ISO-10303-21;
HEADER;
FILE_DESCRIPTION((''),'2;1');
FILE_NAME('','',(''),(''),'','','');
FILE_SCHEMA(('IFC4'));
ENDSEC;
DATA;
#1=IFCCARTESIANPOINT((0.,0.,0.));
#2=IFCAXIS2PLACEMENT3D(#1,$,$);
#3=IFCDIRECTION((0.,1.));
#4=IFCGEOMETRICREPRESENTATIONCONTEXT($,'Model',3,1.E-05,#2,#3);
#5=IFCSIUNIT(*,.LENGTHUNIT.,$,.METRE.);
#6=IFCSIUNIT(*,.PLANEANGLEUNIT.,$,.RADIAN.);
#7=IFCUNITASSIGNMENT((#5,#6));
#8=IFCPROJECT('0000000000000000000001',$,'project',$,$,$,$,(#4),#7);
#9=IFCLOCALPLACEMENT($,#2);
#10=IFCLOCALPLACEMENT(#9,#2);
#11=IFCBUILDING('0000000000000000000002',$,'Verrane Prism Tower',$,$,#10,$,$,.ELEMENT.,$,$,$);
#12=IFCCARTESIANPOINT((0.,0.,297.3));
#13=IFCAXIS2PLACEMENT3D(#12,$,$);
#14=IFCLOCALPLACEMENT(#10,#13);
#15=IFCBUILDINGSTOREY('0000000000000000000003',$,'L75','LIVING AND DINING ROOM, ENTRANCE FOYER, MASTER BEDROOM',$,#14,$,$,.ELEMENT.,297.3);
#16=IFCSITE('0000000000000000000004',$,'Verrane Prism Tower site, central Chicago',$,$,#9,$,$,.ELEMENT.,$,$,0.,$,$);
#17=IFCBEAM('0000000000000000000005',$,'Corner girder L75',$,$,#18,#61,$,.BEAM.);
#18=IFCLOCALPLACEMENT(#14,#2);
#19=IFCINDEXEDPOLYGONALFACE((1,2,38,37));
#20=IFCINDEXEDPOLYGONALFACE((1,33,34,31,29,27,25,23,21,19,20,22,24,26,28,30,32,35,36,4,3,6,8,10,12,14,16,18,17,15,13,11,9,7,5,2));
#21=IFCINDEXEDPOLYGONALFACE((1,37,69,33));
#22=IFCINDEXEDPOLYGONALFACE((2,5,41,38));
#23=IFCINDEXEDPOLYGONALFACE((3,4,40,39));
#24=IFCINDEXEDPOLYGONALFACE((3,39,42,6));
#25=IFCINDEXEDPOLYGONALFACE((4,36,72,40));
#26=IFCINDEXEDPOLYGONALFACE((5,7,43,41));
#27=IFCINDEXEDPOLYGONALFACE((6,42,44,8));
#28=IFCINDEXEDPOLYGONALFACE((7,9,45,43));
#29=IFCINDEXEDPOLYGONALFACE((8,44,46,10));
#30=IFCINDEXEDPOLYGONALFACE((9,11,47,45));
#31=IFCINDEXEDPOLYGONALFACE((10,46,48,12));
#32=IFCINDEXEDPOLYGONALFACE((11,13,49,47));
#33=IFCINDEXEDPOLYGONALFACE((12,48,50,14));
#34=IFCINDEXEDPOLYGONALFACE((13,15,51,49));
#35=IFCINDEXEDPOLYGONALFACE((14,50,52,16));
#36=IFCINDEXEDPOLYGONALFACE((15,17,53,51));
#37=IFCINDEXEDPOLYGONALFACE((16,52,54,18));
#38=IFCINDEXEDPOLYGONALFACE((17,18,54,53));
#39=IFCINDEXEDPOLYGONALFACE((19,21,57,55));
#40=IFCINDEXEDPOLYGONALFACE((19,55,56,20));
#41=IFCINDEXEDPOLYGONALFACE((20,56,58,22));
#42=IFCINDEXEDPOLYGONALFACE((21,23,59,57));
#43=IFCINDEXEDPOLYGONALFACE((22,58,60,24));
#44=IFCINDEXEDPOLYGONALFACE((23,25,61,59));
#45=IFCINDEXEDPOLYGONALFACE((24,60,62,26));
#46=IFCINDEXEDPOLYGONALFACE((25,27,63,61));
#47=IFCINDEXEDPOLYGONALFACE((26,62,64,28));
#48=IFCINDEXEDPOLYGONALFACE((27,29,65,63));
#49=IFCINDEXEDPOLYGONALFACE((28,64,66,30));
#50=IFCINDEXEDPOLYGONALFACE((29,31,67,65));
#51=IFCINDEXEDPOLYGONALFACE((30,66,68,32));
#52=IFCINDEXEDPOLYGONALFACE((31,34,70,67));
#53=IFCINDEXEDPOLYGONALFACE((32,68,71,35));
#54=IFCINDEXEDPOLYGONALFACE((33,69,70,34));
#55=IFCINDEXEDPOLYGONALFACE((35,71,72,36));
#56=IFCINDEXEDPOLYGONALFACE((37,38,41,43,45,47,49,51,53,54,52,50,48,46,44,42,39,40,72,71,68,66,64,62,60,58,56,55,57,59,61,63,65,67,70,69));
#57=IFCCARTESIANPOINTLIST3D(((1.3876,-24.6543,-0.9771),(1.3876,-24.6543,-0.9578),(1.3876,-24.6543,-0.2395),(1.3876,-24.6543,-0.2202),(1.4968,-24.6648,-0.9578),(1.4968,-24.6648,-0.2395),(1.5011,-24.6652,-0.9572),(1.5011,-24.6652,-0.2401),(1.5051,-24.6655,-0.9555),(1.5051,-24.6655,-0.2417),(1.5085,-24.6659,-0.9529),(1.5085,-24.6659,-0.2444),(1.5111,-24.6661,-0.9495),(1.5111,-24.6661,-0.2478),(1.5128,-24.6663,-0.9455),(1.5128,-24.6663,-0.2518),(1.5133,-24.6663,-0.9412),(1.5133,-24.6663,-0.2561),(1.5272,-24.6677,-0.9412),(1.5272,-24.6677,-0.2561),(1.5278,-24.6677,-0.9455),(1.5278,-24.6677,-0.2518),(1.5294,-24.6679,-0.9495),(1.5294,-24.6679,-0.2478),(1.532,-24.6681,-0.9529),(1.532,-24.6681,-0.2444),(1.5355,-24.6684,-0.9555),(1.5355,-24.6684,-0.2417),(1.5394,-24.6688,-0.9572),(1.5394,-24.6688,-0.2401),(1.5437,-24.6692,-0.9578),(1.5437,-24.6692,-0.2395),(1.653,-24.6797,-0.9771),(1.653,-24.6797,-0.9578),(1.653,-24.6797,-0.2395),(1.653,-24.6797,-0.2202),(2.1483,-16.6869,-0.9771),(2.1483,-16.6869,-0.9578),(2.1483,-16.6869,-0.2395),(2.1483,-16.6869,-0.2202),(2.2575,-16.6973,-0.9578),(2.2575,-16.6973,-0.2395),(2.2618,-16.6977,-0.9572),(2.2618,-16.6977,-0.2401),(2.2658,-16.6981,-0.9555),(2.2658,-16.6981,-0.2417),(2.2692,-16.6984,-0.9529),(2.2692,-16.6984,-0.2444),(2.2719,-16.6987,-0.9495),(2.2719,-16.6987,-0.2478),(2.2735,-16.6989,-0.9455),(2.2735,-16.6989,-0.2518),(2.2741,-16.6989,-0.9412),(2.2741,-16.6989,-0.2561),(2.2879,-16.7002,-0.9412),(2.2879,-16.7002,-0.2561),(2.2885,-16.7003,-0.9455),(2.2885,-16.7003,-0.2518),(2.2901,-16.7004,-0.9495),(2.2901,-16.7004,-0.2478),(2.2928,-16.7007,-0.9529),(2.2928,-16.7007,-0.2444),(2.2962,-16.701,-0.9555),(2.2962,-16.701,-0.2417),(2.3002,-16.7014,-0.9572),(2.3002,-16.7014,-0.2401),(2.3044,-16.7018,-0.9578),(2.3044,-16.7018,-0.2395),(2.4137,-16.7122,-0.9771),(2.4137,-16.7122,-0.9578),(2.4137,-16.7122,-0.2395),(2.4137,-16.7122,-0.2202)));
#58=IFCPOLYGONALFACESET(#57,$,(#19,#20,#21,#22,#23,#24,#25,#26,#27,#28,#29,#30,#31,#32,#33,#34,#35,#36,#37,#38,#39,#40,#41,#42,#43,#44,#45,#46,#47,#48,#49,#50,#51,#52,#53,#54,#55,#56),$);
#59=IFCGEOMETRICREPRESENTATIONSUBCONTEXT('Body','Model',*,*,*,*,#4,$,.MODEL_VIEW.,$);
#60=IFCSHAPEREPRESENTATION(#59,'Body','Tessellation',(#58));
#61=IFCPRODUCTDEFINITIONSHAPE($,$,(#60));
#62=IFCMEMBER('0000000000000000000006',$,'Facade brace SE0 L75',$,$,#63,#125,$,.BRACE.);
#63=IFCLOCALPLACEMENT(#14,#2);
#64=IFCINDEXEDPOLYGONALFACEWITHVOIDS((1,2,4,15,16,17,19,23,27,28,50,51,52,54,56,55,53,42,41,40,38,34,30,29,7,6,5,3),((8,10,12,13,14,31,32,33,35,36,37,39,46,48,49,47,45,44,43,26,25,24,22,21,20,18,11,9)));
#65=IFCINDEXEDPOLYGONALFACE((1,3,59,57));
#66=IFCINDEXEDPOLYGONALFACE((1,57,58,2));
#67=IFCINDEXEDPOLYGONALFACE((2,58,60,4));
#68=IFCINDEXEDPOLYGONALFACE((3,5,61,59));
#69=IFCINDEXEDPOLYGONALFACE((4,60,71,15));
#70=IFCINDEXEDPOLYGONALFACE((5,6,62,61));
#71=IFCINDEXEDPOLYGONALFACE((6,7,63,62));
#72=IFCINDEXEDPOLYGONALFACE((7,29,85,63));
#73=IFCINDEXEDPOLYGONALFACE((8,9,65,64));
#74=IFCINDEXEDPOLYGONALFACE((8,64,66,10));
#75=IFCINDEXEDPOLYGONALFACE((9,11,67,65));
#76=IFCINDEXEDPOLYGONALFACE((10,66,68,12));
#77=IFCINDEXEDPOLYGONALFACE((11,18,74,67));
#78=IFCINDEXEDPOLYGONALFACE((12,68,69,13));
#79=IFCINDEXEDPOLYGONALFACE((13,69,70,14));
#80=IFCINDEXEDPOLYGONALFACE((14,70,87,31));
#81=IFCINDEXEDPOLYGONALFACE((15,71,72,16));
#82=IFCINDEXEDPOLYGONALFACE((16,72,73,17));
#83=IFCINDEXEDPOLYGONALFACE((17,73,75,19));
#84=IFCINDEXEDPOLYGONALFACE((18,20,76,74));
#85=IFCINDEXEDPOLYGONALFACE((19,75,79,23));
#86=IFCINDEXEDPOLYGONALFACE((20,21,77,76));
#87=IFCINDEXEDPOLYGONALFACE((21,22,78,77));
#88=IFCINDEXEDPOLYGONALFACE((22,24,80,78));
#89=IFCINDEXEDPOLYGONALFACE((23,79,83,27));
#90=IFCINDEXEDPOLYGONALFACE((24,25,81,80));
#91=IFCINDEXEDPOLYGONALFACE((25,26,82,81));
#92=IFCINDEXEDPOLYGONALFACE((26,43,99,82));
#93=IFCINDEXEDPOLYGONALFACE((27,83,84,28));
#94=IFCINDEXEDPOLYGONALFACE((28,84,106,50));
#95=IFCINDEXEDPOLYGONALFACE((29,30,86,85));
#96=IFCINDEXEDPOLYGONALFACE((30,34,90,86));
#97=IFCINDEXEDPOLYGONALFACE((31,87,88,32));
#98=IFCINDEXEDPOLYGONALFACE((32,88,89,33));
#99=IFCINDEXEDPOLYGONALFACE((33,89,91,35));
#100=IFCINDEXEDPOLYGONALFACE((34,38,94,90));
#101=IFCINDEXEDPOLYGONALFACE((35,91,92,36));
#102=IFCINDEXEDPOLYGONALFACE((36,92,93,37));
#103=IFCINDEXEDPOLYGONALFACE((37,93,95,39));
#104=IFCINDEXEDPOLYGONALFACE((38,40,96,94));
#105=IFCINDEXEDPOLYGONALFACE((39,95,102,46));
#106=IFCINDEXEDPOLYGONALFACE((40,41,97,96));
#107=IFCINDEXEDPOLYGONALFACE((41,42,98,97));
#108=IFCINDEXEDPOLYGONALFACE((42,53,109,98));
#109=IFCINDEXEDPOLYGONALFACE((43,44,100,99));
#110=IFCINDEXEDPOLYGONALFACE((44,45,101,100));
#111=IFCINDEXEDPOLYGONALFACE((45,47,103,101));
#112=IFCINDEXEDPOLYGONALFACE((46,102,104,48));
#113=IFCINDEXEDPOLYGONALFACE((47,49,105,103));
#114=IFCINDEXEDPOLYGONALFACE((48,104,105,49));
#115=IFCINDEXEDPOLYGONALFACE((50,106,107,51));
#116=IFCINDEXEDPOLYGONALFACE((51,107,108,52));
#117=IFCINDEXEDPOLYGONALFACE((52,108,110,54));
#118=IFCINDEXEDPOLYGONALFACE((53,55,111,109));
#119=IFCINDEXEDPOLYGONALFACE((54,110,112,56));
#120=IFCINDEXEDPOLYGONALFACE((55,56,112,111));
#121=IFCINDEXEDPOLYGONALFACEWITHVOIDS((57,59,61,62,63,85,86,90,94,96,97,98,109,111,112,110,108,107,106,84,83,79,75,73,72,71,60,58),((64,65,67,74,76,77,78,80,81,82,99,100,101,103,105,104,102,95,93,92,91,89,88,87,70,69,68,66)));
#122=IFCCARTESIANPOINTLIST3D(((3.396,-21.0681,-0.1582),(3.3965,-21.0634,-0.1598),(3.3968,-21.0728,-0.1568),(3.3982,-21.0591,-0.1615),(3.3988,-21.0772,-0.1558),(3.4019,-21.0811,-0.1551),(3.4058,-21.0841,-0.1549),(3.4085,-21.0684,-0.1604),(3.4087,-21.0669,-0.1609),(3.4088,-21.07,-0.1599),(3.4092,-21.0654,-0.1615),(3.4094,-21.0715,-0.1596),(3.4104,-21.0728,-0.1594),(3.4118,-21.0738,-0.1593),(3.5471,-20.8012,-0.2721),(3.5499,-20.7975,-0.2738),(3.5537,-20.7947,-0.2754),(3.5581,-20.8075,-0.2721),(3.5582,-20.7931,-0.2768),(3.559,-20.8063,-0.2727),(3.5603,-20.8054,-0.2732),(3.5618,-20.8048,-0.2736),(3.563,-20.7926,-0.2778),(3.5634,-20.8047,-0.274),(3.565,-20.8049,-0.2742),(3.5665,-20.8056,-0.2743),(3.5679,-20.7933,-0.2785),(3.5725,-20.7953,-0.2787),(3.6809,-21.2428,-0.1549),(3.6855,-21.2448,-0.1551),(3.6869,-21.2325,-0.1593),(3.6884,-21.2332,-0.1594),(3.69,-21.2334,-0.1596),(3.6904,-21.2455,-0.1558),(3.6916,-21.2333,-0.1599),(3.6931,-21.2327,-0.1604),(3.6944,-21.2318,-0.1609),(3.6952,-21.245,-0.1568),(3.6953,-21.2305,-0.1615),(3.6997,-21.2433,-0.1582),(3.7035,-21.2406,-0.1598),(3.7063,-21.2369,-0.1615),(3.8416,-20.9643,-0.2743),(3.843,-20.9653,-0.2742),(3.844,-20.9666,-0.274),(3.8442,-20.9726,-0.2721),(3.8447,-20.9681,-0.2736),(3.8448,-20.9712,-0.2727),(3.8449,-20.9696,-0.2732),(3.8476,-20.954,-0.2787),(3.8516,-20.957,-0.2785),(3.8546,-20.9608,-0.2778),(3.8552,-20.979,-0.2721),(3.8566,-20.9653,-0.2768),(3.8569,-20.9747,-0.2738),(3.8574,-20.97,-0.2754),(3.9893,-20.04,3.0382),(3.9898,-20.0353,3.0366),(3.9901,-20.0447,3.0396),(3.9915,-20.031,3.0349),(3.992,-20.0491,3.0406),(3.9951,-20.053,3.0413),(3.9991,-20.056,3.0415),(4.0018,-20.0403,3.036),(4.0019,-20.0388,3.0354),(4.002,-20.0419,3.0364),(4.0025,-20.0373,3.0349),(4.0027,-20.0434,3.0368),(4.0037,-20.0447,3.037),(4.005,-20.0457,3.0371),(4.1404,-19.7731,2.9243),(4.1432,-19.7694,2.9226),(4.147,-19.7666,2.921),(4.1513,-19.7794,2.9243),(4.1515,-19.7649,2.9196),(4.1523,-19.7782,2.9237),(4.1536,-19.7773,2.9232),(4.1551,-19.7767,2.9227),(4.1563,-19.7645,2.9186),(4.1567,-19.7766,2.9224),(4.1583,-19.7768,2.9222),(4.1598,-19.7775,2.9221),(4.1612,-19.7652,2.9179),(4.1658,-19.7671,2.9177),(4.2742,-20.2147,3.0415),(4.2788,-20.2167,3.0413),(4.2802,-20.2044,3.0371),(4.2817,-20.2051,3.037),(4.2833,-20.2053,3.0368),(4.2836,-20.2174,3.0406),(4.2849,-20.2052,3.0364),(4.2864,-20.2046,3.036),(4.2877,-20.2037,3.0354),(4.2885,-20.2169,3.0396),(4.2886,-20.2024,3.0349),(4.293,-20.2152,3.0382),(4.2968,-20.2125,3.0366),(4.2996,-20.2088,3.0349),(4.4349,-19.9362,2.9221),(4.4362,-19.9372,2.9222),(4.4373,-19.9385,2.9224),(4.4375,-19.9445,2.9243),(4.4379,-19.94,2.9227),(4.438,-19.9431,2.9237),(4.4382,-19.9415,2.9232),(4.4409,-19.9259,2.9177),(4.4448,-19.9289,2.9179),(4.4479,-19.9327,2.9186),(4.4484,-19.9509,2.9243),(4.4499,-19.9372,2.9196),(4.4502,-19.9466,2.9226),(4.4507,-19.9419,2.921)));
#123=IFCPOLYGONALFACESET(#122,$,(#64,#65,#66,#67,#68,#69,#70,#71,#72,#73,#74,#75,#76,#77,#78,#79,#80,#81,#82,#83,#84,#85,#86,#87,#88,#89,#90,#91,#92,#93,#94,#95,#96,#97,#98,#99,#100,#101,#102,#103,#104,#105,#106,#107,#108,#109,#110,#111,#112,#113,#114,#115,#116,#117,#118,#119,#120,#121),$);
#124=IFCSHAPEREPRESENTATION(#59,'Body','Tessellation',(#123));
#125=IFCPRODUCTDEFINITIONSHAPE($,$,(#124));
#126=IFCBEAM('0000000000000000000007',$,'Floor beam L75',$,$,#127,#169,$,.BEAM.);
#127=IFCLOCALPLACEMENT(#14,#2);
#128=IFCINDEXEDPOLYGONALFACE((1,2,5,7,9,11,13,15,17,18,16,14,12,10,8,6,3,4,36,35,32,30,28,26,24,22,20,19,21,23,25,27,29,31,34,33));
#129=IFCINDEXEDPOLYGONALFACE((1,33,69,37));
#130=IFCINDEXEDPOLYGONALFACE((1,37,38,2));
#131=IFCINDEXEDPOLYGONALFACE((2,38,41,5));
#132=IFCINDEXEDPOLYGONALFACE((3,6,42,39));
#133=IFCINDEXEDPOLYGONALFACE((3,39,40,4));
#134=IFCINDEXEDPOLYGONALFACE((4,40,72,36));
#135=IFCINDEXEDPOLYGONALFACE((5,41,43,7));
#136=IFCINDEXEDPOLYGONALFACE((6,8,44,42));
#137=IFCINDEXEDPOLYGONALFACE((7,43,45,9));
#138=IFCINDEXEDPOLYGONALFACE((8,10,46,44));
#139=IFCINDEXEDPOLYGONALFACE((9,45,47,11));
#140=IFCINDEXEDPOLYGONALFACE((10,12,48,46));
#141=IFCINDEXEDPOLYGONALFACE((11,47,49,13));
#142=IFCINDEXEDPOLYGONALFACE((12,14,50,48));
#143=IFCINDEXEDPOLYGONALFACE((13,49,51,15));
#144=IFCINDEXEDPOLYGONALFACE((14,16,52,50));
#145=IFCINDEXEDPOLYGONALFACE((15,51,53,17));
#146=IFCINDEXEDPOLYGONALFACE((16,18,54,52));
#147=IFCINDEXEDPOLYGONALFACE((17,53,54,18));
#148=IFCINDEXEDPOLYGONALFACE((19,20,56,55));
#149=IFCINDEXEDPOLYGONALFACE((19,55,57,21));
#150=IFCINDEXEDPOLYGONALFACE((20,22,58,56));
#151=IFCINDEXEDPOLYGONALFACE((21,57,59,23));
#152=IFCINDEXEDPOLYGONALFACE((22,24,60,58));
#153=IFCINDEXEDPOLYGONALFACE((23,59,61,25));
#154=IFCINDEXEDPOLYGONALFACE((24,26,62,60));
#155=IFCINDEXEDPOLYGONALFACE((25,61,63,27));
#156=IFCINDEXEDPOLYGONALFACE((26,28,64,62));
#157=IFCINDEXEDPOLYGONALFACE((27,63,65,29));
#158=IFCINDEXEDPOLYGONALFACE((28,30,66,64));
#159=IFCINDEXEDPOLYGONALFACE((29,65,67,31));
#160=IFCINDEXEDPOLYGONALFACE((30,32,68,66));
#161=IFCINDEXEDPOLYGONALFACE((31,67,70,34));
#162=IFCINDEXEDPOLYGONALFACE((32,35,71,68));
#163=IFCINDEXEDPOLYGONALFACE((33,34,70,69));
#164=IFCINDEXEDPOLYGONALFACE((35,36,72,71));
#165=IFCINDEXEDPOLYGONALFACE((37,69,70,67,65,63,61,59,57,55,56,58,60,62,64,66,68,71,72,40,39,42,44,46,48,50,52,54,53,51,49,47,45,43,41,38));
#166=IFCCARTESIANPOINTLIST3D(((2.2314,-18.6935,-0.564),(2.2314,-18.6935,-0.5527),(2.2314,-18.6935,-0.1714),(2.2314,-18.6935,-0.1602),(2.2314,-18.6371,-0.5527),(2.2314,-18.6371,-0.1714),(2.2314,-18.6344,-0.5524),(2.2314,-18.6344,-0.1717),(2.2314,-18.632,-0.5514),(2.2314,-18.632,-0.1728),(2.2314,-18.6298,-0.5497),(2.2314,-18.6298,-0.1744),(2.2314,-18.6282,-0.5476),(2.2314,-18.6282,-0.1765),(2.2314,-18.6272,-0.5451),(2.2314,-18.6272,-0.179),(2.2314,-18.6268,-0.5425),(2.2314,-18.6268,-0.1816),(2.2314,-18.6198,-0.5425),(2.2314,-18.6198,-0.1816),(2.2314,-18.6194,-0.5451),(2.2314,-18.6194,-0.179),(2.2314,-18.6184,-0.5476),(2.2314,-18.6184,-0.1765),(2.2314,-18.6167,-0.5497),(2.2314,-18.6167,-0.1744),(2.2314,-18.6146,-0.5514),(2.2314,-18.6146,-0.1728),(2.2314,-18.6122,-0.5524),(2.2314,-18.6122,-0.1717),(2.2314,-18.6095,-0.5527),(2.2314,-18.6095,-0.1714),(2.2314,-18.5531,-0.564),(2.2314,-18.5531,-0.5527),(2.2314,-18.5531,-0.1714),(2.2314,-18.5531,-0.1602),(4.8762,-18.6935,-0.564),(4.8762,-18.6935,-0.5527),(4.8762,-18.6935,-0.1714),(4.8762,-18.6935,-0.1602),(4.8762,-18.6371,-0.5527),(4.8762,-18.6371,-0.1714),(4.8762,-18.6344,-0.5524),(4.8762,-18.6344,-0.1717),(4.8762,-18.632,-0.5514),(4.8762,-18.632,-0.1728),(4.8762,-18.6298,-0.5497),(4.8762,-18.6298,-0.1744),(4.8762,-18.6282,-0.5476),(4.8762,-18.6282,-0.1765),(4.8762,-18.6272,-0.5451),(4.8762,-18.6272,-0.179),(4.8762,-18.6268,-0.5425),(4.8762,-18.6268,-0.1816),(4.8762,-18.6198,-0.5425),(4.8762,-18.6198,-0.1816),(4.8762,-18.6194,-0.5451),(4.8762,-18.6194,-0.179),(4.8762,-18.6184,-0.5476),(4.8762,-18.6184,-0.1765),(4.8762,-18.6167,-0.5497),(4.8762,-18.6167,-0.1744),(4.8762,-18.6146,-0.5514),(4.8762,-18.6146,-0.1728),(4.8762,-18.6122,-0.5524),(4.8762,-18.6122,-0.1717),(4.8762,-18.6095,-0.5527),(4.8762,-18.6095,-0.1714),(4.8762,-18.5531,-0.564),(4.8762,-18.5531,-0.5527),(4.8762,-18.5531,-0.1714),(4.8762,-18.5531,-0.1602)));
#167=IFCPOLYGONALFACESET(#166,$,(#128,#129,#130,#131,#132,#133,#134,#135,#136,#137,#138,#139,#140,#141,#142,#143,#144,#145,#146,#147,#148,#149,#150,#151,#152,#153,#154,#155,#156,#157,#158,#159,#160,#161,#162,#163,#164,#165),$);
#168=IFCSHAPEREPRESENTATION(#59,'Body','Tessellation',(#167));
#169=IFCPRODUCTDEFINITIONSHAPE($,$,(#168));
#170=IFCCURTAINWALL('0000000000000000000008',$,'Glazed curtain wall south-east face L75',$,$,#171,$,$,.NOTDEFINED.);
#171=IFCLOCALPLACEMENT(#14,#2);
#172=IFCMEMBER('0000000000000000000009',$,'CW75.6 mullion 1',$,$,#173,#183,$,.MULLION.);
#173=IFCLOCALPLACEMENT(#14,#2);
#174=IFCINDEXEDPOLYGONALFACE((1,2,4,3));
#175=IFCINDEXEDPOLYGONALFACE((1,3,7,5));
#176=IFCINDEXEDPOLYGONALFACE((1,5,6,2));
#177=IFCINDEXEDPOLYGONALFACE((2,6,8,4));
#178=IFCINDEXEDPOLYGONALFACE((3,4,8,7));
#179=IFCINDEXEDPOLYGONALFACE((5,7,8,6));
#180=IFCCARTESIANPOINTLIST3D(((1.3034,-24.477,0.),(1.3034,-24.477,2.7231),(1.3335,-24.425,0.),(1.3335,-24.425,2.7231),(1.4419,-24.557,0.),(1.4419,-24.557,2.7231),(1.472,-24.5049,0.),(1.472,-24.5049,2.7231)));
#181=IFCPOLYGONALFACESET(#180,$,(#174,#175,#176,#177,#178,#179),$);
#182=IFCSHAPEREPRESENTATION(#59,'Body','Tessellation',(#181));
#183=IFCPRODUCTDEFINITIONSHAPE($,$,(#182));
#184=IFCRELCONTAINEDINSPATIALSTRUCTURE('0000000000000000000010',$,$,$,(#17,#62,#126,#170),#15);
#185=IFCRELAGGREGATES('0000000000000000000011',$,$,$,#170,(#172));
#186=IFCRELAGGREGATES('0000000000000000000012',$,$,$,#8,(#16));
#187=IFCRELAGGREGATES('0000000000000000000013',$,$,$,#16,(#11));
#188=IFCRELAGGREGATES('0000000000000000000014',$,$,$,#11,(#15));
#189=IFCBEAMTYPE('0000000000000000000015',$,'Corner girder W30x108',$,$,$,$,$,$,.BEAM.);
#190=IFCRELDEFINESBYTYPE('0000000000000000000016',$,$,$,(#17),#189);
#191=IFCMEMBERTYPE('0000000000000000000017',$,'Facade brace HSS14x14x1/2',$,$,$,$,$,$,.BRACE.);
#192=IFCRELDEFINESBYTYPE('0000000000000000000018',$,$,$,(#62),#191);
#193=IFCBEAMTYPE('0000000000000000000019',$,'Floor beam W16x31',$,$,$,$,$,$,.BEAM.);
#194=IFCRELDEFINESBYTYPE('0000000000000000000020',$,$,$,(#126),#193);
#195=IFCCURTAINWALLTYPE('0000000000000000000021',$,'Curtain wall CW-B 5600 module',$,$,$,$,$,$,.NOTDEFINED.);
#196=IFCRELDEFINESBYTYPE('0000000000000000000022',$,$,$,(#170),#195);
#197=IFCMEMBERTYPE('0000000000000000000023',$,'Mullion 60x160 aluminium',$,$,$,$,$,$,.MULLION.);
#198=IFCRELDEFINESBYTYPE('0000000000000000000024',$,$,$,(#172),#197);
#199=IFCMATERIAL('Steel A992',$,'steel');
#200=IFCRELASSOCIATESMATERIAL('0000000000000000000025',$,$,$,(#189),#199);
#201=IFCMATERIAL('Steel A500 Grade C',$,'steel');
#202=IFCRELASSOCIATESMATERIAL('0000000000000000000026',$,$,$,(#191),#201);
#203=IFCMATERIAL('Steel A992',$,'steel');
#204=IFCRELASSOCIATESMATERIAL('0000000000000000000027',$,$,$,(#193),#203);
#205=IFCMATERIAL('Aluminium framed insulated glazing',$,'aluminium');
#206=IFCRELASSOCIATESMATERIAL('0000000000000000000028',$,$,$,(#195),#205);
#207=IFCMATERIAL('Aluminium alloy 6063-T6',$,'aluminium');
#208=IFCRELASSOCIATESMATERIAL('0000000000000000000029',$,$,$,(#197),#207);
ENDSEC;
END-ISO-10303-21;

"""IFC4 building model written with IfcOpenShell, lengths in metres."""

from ifc_helpers import new_model, si_unit, direction, frame, origin, origin_2d, place, context, subcontext, project, spatial, rectangle, hollow_rectangle, i_section, extrude, material, material_profile, profile_set, type_object, element, aggregate, save


model = new_model("IFC4")

# Units and contexts
model_context = context("Model", 3, precision=1e-05, world=origin(), true_north=direction((0.0, 1.0)))
body_context = subcontext(model_context, "Body", "Model", "MODEL_VIEW")
ifc_project = project(units=[si_unit("LENGTHUNIT", "METRE"), si_unit("PLANEANGLEUNIT", "RADIAN")], contexts=[model_context])

# Site, building, storey
site_placement = place(None, origin())
site = spatial("IfcSite", under=ifc_project, at=site_placement, Name="Verrane Prism Tower site, central Chicago", CompositionType="ELEMENT", RefElevation=0.0)
building_placement = place(site_placement, origin())
building = spatial("IfcBuilding", under=site, at=building_placement, Name="Verrane Prism Tower", CompositionType="ELEMENT")
storey_placement = place(building_placement, frame((0.0, 0.0, 297.3)))
storey = spatial("IfcBuildingStorey", under=building, at=storey_placement, Name="L75", Description="LIVING AND DINING ROOM, ENTRANCE FOYER, MASTER BEDROOM", CompositionType="ELEMENT", Elevation=297.3)

# Beam
ifc_material_1 = material(Name="Steel A992", Category="steel")
ifc_material_profile_1 = material_profile(ifc_material_1, i_section(OverallWidth=0.2666, OverallDepth=0.7568, WebThickness=0.0139, FlangeThickness=0.0193, FilletRadius=0.0166, at=origin_2d()), Name="W30x108")
ifc_profile_set_1 = profile_set([ifc_material_profile_1], Name="Steel A992")
beam_type_1 = type_object("IfcBeamType", Name="Corner girder W30x108", PredefinedType="BEAM", material=ifc_profile_set_1)
beam_1_placement = place(storey_placement, frame((1.5203, -24.667, -0.5986), z_axis=(0.095048, 0.995473, 0.0), x_axis=(-0.995473, 0.095048, 0.0)))
element("IfcBeam", 1, at=beam_1_placement, inside=storey, type_object=beam_type_1, Name="Corner girder L75", PredefinedType="BEAM", context=body_context, shape_type="SweptSolid", body=[
    extrude(i_section(OverallWidth=0.2666, OverallDepth=0.7568, WebThickness=0.0139, FlangeThickness=0.0193, FilletRadius=0.0166, at=origin_2d()), origin(), (0.0, 0.0, 1.0), 8.0037),
])

# Member
ifc_material_2 = material(Name="Steel A500 Grade C", Category="steel")
ifc_material_profile_2 = material_profile(ifc_material_2, hollow_rectangle(XDim=0.3557, YDim=0.3557, WallThickness=0.0127, InnerFilletRadius=0.0063, OuterFilletRadius=0.019, at=origin_2d()), Name="HSS14x14x1/2")
ifc_profile_set_2 = profile_set([ifc_material_profile_2], Name="Steel A500 Grade C")
member_type_1 = type_object("IfcMemberType", Name="Facade brace HSS14x14x1/2", PredefinedType="BRACE", material=ifc_profile_set_2)
member_1_placement = place(storey_placement, frame((3.6267, -21.019, -0.2168), z_axis=(0.173999, 0.301527, 0.937447), x_axis=(-0.866134, 0.499811, 0.0)))
element("IfcMember", 2, at=member_1_placement, inside=storey, type_object=member_type_1, Name="Facade brace SE0 L75", PredefinedType="BRACE", context=body_context, shape_type="SweptSolid", body=[
    extrude(hollow_rectangle(XDim=0.3557, YDim=0.3557, WallThickness=0.0127, InnerFilletRadius=0.0063, OuterFilletRadius=0.019, at=origin_2d()), origin(), (0.0, 0.0, 1.0), 3.4097),
])

# Beam
ifc_material_3 = material(Name="Steel A992", Category="steel")
ifc_material_profile_3 = material_profile(ifc_material_3, i_section(OverallWidth=0.1404, OverallDepth=0.4038, WebThickness=0.0071, FlangeThickness=0.0112, FilletRadius=0.0103, at=origin_2d()), Name="W16x31")
ifc_profile_set_3 = profile_set([ifc_material_profile_3], Name="Steel A992")
beam_type_2 = type_object("IfcBeamType", Name="Floor beam W16x31", PredefinedType="BEAM", material=ifc_profile_set_3)
beam_2_placement = place(storey_placement, frame((2.2314, -18.6233, -0.3621), z_axis=(1.0, 0.0, 0.0), x_axis=(0.0, 1.0, 0.0)))
element("IfcBeam", 3, at=beam_2_placement, inside=storey, type_object=beam_type_2, Name="Floor beam L75", PredefinedType="BEAM", context=body_context, shape_type="SweptSolid", body=[
    extrude(i_section(OverallWidth=0.1404, OverallDepth=0.4038, WebThickness=0.0071, FlangeThickness=0.0112, FilletRadius=0.0103, at=origin_2d()), origin(), (0.0, 0.0, 1.0), 2.6448),
])

# Curtain wall, member
ifc_material_4 = material(Name="Aluminium framed insulated glazing", Category="aluminium")
curtain_wall_type_1 = type_object("IfcCurtainWallType", Name="Curtain wall CW-B 5600 module", PredefinedType="NOTDEFINED", material=ifc_material_4)
curtain_wall_1_placement = place(storey_placement, origin())
curtain_wall_1 = element("IfcCurtainWall", 4, at=curtain_wall_1_placement, inside=storey, type_object=curtain_wall_type_1, Name="Glazed curtain wall south-east face L75", PredefinedType="NOTDEFINED")
ifc_material_5 = material(Name="Aluminium alloy 6063-T6", Category="aluminium")
ifc_material_profile_4 = material_profile(ifc_material_5, rectangle(XDim=0.1599, YDim=0.0601, at=origin_2d()), Name="Mullion 60x160 aluminium")
ifc_profile_set_4 = profile_set([ifc_material_profile_4], Name="Aluminium alloy 6063-T6")
member_type_2 = type_object("IfcMemberType", Name="Mullion 60x160 aluminium", PredefinedType="MULLION", material=ifc_profile_set_4)
member_2_placement = place(storey_placement, frame((1.3877, -24.491, 0.0), z_axis=(0.0, 0.0, 1.0), x_axis=(-0.866025, 0.500001, 0.0)))
member_2 = element("IfcMember", 5, at=member_2_placement, type_object=member_type_2, Name="CW75.6 mullion 1", PredefinedType="MULLION", context=body_context, shape_type="SweptSolid", body=[
    extrude(rectangle(XDim=0.1599, YDim=0.0601, at=origin_2d()), origin(), (0.0, 0.0, 1.0), 2.7231),
])

aggregate(curtain_wall_1, [member_2])

save(model, "model.ifc")
